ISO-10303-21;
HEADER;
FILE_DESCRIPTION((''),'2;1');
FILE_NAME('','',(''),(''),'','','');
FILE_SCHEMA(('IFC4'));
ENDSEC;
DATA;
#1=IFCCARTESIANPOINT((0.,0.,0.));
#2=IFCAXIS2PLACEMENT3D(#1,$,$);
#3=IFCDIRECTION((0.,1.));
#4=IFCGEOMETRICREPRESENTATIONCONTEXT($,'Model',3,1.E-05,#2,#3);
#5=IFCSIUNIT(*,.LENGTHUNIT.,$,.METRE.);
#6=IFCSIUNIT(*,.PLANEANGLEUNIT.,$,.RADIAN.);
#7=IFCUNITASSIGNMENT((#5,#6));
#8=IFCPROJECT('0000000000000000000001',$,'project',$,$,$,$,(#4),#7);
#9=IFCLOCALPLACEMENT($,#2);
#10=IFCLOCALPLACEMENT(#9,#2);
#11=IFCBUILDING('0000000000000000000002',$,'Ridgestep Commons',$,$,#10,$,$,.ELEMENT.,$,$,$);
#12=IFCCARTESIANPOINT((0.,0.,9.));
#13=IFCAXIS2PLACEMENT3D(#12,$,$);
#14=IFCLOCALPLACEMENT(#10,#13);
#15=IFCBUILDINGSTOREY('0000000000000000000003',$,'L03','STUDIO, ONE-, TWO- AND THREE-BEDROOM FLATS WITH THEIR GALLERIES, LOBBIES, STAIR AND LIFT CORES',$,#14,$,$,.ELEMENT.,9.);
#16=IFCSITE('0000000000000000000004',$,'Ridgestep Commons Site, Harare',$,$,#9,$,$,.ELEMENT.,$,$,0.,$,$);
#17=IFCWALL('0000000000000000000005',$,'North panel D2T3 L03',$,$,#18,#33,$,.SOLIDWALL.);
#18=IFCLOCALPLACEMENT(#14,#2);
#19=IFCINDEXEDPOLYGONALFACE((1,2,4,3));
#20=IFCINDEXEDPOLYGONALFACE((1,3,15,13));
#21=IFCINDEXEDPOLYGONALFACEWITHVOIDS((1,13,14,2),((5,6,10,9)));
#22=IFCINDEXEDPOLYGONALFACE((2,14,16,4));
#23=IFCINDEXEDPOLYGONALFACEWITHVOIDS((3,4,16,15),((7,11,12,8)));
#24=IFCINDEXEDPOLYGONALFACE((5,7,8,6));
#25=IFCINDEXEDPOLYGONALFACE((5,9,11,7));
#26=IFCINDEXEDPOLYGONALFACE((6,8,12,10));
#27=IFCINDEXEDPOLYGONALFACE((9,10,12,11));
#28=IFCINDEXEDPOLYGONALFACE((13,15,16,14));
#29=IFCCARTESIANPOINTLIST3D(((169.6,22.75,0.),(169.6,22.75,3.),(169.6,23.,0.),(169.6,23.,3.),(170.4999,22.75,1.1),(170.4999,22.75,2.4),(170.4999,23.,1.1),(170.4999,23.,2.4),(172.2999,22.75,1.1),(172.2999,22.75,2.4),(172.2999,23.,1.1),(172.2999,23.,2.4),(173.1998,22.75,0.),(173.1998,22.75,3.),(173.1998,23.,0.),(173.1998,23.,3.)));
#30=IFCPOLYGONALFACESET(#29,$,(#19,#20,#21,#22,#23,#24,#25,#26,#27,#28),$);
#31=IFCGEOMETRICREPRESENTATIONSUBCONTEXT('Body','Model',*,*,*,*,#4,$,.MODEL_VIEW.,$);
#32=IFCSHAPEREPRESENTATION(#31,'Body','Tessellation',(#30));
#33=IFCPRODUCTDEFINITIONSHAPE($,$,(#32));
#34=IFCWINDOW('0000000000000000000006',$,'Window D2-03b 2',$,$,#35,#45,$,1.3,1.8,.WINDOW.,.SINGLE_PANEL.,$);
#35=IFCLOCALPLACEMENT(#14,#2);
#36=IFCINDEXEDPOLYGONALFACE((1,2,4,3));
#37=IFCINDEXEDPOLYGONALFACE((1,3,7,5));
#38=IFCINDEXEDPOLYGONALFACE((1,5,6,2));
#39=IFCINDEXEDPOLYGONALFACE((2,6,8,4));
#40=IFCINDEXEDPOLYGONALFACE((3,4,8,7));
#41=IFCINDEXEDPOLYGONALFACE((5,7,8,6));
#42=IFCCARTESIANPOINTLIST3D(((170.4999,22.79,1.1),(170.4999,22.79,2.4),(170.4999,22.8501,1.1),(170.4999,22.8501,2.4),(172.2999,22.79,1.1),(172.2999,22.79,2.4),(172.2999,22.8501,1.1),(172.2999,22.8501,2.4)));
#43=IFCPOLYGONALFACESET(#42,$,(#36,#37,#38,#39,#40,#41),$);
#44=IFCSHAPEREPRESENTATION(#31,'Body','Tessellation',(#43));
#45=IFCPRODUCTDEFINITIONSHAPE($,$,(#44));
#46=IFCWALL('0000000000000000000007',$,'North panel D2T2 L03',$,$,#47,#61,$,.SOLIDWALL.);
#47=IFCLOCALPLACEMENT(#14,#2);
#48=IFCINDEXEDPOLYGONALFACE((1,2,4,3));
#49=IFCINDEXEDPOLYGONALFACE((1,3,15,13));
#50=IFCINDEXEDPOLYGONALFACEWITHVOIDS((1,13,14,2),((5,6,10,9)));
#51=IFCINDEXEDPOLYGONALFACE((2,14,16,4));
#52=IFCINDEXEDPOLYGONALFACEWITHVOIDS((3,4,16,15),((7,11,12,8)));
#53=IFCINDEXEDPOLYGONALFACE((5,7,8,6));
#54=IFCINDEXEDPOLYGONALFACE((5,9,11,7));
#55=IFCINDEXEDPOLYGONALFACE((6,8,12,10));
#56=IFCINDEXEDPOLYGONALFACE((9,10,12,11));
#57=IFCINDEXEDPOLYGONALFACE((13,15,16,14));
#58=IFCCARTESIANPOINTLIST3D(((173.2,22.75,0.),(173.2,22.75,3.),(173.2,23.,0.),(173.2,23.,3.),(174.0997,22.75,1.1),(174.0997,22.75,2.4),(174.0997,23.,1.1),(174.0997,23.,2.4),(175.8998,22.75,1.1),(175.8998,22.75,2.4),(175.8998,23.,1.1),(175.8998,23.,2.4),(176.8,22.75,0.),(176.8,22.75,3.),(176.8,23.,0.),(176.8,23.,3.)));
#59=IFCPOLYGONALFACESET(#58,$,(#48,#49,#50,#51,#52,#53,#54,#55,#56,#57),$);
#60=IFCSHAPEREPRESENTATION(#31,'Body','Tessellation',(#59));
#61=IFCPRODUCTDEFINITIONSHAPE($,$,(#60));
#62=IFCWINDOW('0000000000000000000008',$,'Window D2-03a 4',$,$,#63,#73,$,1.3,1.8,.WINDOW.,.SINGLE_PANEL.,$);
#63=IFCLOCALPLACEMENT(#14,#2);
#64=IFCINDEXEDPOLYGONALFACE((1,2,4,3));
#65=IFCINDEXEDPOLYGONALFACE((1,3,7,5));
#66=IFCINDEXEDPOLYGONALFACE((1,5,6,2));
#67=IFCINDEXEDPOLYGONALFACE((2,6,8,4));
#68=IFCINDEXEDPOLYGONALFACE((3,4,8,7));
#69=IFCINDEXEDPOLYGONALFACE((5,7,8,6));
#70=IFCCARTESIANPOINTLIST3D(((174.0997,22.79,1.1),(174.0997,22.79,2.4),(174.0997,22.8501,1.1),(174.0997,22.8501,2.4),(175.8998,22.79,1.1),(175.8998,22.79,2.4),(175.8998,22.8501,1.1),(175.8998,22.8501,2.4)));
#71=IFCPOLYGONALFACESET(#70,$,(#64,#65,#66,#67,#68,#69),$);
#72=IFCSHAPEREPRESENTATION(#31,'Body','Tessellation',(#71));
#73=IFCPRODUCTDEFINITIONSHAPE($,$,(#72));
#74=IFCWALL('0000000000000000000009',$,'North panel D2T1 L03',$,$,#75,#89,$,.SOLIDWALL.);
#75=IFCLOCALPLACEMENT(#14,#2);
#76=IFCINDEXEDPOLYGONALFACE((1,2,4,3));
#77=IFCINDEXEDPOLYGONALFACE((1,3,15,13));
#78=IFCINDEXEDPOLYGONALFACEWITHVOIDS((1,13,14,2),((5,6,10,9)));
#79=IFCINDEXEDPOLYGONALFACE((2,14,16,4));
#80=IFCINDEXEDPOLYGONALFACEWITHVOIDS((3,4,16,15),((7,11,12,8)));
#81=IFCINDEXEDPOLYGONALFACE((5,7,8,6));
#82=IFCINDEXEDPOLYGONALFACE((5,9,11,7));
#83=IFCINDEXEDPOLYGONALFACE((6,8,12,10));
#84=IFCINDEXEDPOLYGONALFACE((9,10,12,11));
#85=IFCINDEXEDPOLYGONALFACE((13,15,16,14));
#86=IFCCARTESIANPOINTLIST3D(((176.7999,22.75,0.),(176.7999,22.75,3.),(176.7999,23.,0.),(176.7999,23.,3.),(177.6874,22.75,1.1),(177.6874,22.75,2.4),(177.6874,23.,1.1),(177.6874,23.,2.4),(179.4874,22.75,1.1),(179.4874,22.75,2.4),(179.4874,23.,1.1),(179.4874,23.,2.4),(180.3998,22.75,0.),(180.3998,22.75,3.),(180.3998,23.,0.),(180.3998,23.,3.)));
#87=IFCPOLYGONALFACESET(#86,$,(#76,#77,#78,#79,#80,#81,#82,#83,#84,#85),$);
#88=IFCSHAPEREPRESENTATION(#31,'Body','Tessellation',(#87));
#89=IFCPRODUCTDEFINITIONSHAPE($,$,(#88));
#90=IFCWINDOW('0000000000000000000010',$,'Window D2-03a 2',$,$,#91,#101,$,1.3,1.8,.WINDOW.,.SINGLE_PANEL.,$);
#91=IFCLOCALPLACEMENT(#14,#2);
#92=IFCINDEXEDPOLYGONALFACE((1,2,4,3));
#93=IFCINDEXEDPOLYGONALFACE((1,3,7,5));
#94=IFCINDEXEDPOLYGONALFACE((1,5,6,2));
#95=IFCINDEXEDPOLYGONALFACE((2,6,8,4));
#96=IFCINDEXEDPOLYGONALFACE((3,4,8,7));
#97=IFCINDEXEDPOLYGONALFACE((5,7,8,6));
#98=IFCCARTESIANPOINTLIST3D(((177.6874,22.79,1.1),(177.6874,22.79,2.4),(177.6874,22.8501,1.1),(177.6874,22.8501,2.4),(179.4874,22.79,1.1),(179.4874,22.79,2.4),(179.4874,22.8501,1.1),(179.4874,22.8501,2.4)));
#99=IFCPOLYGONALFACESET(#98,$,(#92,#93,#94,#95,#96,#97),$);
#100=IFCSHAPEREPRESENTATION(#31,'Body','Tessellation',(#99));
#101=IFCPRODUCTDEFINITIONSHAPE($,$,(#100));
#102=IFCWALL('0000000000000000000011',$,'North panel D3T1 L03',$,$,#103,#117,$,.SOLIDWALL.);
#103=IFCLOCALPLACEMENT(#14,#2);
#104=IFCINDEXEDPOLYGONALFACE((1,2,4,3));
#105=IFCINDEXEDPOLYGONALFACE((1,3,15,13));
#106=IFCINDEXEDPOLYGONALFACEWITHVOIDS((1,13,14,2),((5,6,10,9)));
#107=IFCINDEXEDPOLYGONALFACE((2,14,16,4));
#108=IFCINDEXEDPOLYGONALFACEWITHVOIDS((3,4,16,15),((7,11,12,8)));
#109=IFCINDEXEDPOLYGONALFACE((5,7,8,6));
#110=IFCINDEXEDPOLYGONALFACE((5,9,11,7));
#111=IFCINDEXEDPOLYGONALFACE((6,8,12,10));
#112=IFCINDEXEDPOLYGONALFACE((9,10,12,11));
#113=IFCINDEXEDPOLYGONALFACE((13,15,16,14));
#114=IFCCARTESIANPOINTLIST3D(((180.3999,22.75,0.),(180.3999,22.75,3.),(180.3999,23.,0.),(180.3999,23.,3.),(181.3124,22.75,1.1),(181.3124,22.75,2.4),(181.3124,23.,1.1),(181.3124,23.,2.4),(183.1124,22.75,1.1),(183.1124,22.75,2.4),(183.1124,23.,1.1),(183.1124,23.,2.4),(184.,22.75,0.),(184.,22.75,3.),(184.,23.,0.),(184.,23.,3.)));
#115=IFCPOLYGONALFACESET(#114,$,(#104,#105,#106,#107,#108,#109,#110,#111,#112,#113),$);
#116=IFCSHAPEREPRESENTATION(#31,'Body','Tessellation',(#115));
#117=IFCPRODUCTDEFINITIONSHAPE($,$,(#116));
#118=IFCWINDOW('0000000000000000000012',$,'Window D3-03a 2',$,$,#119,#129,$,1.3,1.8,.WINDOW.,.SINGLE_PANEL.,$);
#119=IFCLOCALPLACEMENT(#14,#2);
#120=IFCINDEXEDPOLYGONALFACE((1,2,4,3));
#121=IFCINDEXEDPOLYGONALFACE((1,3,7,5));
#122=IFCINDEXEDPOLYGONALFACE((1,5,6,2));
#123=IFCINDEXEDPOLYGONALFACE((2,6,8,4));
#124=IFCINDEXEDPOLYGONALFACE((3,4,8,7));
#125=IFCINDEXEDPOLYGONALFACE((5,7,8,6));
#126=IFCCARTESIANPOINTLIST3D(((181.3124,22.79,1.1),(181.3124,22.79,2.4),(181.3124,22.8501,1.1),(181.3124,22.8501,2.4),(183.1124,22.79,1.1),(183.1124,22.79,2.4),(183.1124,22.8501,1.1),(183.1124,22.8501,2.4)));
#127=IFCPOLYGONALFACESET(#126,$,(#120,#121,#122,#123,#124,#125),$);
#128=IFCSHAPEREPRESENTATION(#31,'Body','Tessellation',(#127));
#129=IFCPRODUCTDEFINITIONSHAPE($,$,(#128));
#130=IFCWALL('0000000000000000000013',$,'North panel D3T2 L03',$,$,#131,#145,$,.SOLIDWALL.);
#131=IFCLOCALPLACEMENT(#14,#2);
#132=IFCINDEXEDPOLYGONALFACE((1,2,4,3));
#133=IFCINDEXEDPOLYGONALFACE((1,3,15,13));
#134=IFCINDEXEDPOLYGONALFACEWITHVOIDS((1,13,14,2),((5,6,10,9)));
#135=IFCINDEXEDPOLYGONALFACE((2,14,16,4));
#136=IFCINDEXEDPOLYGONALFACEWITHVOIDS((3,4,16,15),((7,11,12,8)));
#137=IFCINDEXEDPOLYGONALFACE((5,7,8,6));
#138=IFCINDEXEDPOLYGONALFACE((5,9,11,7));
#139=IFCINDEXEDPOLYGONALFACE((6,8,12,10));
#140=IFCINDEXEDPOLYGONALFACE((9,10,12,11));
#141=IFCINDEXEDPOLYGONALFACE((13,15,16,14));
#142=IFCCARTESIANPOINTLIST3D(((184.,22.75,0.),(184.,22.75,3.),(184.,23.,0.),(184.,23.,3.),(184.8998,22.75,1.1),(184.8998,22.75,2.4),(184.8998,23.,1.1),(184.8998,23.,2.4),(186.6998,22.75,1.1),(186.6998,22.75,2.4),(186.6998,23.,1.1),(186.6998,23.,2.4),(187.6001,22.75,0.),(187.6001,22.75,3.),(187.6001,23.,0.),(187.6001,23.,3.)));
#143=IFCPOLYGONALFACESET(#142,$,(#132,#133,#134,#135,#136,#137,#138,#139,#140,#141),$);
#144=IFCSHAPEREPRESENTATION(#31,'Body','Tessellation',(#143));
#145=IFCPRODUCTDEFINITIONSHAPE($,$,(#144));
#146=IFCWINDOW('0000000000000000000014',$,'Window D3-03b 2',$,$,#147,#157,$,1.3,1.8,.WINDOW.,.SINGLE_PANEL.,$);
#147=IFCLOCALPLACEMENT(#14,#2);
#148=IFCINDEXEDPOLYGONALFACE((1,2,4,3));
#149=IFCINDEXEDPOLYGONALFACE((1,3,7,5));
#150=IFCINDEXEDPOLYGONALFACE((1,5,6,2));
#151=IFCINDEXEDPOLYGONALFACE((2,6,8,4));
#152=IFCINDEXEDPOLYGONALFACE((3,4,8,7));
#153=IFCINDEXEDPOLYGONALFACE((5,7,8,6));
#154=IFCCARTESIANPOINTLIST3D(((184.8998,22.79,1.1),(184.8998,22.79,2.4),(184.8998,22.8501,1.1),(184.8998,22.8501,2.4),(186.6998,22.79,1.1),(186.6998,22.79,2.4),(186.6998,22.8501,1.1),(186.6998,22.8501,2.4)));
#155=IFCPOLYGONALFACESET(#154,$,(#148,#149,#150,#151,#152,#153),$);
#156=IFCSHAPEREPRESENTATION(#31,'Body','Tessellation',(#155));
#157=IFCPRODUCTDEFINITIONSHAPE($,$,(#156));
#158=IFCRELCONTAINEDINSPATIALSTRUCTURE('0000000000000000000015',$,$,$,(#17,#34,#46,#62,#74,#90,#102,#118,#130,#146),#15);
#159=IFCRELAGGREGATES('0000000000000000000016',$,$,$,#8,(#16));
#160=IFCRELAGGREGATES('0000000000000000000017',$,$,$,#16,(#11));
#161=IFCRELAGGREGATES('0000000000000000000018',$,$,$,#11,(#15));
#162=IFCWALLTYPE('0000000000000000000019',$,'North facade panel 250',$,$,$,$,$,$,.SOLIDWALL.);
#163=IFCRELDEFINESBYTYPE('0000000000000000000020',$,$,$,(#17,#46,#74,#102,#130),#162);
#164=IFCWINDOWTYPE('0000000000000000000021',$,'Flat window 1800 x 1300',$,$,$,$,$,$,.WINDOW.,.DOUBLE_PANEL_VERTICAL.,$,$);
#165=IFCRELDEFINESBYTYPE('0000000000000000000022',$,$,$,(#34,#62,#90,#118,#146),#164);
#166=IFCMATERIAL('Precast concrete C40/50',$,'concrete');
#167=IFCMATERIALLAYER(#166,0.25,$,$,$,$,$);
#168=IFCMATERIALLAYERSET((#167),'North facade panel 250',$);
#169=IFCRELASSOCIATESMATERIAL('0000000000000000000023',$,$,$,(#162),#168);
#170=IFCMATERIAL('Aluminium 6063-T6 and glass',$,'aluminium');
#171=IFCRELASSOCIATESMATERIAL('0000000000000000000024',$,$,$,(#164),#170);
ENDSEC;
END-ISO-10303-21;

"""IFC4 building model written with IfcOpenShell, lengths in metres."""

from ifc_helpers import new_model, si_unit, direction, frame, frame_2d, origin, place, context, subcontext, project, spatial, rectangle, extrude, material, layer, layer_set, type_object, element, fill, save


model = new_model("IFC4")

# Units and contexts
model_context = context("Model", 3, precision=1e-05, world=origin(), true_north=direction((0.0, 1.0)))
body_context = subcontext(model_context, "Body", "Model", "MODEL_VIEW")
ifc_project = project(units=[si_unit("LENGTHUNIT", "METRE"), si_unit("PLANEANGLEUNIT", "RADIAN")], contexts=[model_context])

# Site, building, storey
site_placement = place(None, origin())
site = spatial("IfcSite", under=ifc_project, at=site_placement, Name="Ridgestep Commons Site, Harare", CompositionType="ELEMENT", RefElevation=0.0)
building_placement = place(site_placement, origin())
building = spatial("IfcBuilding", under=site, at=building_placement, Name="Ridgestep Commons", CompositionType="ELEMENT")
storey_placement = place(building_placement, frame((0.0, 0.0, 9.0)))
storey = spatial("IfcBuildingStorey", under=building, at=storey_placement, Name="L03", Description="STUDIO, ONE-, TWO- AND THREE-BEDROOM FLATS WITH THEIR GALLERIES, LOBBIES, STAIR AND LIFT CORES", CompositionType="ELEMENT", Elevation=9.0)

# Shared definitions
ifc_material_1 = material(Name="Precast concrete C40/50", Category="concrete")
ifc_layer_1 = layer(ifc_material_1, 0.25)
ifc_layer_set_1 = layer_set([ifc_layer_1], Name="North facade panel 250")
wall_type_1 = type_object("IfcWallType", Name="North facade panel 250", PredefinedType="SOLIDWALL", material=ifc_layer_set_1)

# Walls, openings, windows
wall_1_placement = place(storey_placement, frame((169.6001, 22.875, 0.0), z_axis=(0.0, 0.0, 1.0), x_axis=(1.0, 0.0, 0.0)))
wall_1 = element("IfcWall", 1, at=wall_1_placement, inside=storey, type_object=wall_type_1, Name="North panel D2T3 L03", PredefinedType="SOLIDWALL", context=body_context, shape_type="SweptSolid", body=[
    extrude(rectangle(XDim=3.5999, YDim=0.25, at=frame_2d((1.7998, 0.0))), origin(), (0.0, 0.0, 1.0), 3.0),
])
opening_1_placement = place(wall_1_placement, frame((0.8999, 0.0, 1.1001)))
opening_1 = element("IfcOpeningElement", 2, at=opening_1_placement, cuts=wall_1, PredefinedType="OPENING", context=body_context, shape_type="SweptSolid", body=[
    extrude(rectangle(XDim=1.8, YDim=1.3, at=frame_2d((0.8999, 0.6499))), frame((0.0, 0.135, 0.0), z_axis=(0.0, -1.0, 0.0), x_axis=(1.0, 0.0, 0.0)), (0.0, 0.0, 1.0), 0.27),
])
ifc_material_2 = material(Name="Aluminium 6063-T6 and glass", Category="aluminium")
window_type = type_object("IfcWindowType", Name="Flat window 1800 x 1300", PartitioningType="DOUBLE_PANEL_VERTICAL", PredefinedType="WINDOW", material=ifc_material_2)
window_1_placement = place(opening_1_placement, origin())
window_1 = element("IfcWindow", 3, at=window_1_placement, inside=storey, type_object=window_type, Name="Window D2-03b 2", OverallHeight=1.3, OverallWidth=1.8, PartitioningType="SINGLE_PANEL", PredefinedType="WINDOW", context=body_context, shape_type="SweptSolid", body=[
    extrude(rectangle(XDim=1.8, YDim=1.3, at=frame_2d((0.8999, 0.6499))), frame((0.0, -0.0249, 0.0), z_axis=(0.0, -1.0, 0.0), x_axis=(1.0, 0.0, 0.0)), (0.0, 0.0, 1.0), 0.0601),
])
fill(opening_1, window_1)
wall_2_placement = place(storey_placement, frame((173.2, 22.875, 0.0), z_axis=(0.0, 0.0, 1.0), x_axis=(1.0, 0.0, 0.0)))
wall_2 = element("IfcWall", 4, at=wall_2_placement, inside=storey, type_object=wall_type_1, Name="North panel D2T2 L03", PredefinedType="SOLIDWALL", context=body_context, shape_type="SweptSolid", body=[
    extrude(rectangle(XDim=3.6001, YDim=0.25, at=frame_2d((1.8, 0.0))), origin(), (0.0, 0.0, 1.0), 3.0),
])
opening_2_placement = place(wall_2_placement, frame((0.8999, 0.0, 1.1001)))
opening_2 = element("IfcOpeningElement", 5, at=opening_2_placement, cuts=wall_2, PredefinedType="OPENING", context=body_context, shape_type="SweptSolid", body=[
    extrude(rectangle(XDim=1.8, YDim=1.3, at=frame_2d((0.8999, 0.6499))), frame((0.0, 0.135, 0.0), z_axis=(0.0, -1.0, 0.0), x_axis=(1.0, 0.0, 0.0)), (0.0, 0.0, 1.0), 0.27),
])
window_2_placement = place(opening_2_placement, origin())
window_2 = element("IfcWindow", 6, at=window_2_placement, inside=storey, type_object=window_type, Name="Window D2-03a 4", OverallHeight=1.3, OverallWidth=1.8, PartitioningType="SINGLE_PANEL", PredefinedType="WINDOW", context=body_context, shape_type="SweptSolid", body=[
    extrude(rectangle(XDim=1.8, YDim=1.3, at=frame_2d((0.8999, 0.6499))), frame((0.0, -0.0249, 0.0), z_axis=(0.0, -1.0, 0.0), x_axis=(1.0, 0.0, 0.0)), (0.0, 0.0, 1.0), 0.0601),
])
fill(opening_2, window_2)
wall_3_placement = place(storey_placement, frame((176.8, 22.875, 0.0), z_axis=(0.0, 0.0, 1.0), x_axis=(1.0, 0.0, 0.0)))
wall_3 = element("IfcWall", 7, at=wall_3_placement, inside=storey, type_object=wall_type_1, Name="North panel D2T1 L03", PredefinedType="SOLIDWALL", context=body_context, shape_type="SweptSolid", body=[
    extrude(rectangle(XDim=3.5999, YDim=0.25, at=frame_2d((1.7998, 0.0))), origin(), (0.0, 0.0, 1.0), 3.0),
])
opening_3_placement = place(wall_3_placement, frame((0.8875, 0.0, 1.1001)))
opening_3 = element("IfcOpeningElement", 8, at=opening_3_placement, cuts=wall_3, PredefinedType="OPENING", context=body_context, shape_type="SweptSolid", body=[
    extrude(rectangle(XDim=1.8, YDim=1.3, at=frame_2d((0.8999, 0.6499))), frame((0.0, 0.135, 0.0), z_axis=(0.0, -1.0, 0.0), x_axis=(1.0, 0.0, 0.0)), (0.0, 0.0, 1.0), 0.27),
])
window_3_placement = place(opening_3_placement, origin())
window_3 = element("IfcWindow", 9, at=window_3_placement, inside=storey, type_object=window_type, Name="Window D2-03a 2", OverallHeight=1.3, OverallWidth=1.8, PartitioningType="SINGLE_PANEL", PredefinedType="WINDOW", context=body_context, shape_type="SweptSolid", body=[
    extrude(rectangle(XDim=1.8, YDim=1.3, at=frame_2d((0.8999, 0.6499))), frame((0.0, -0.0249, 0.0), z_axis=(0.0, -1.0, 0.0), x_axis=(1.0, 0.0, 0.0)), (0.0, 0.0, 1.0), 0.0601),
])
fill(opening_3, window_3)
wall_4_placement = place(storey_placement, frame((180.3999, 22.875, 0.0), z_axis=(0.0, 0.0, 1.0), x_axis=(1.0, 0.0, 0.0)))
wall_4 = element("IfcWall", 10, at=wall_4_placement, inside=storey, type_object=wall_type_1, Name="North panel D3T1 L03", PredefinedType="SOLIDWALL", context=body_context, shape_type="SweptSolid", body=[
    extrude(rectangle(XDim=3.6001, YDim=0.25, at=frame_2d((1.8, 0.0))), origin(), (0.0, 0.0, 1.0), 3.0),
])
opening_4_placement = place(wall_4_placement, frame((0.9126, 0.0, 1.1001)))
opening_4 = element("IfcOpeningElement", 11, at=opening_4_placement, cuts=wall_4, PredefinedType="OPENING", context=body_context, shape_type="SweptSolid", body=[
    extrude(rectangle(XDim=1.8, YDim=1.3, at=frame_2d((0.8999, 0.6499))), frame((0.0, 0.135, 0.0), z_axis=(0.0, -1.0, 0.0), x_axis=(1.0, 0.0, 0.0)), (0.0, 0.0, 1.0), 0.27),
])
window_4_placement = place(opening_4_placement, origin())
window_4 = element("IfcWindow", 12, at=window_4_placement, inside=storey, type_object=window_type, Name="Window D3-03a 2", OverallHeight=1.3, OverallWidth=1.8, PartitioningType="SINGLE_PANEL", PredefinedType="WINDOW", context=body_context, shape_type="SweptSolid", body=[
    extrude(rectangle(XDim=1.8, YDim=1.3, at=frame_2d((0.8999, 0.6499))), frame((0.0, -0.0249, 0.0), z_axis=(0.0, -1.0, 0.0), x_axis=(1.0, 0.0, 0.0)), (0.0, 0.0, 1.0), 0.0601),
])
fill(opening_4, window_4)
wall_5_placement = place(storey_placement, frame((184.0, 22.875, 0.0), z_axis=(0.0, 0.0, 1.0), x_axis=(1.0, 0.0, 0.0)))
wall_5 = element("IfcWall", 13, at=wall_5_placement, inside=storey, type_object=wall_type_1, Name="North panel D3T2 L03", PredefinedType="SOLIDWALL", context=body_context, shape_type="SweptSolid", body=[
    extrude(rectangle(XDim=3.6001, YDim=0.25, at=frame_2d((1.8, 0.0))), origin(), (0.0, 0.0, 1.0), 3.0),
])
opening_5_placement = place(wall_5_placement, frame((0.8999, 0.0, 1.1001)))
opening_5 = element("IfcOpeningElement", 14, at=opening_5_placement, cuts=wall_5, PredefinedType="OPENING", context=body_context, shape_type="SweptSolid", body=[
    extrude(rectangle(XDim=1.8, YDim=1.3, at=frame_2d((0.8999, 0.6499))), frame((0.0, 0.135, 0.0), z_axis=(0.0, -1.0, 0.0), x_axis=(1.0, 0.0, 0.0)), (0.0, 0.0, 1.0), 0.27),
])
window_5_placement = place(opening_5_placement, origin())
window_5 = element("IfcWindow", 15, at=window_5_placement, inside=storey, type_object=window_type, Name="Window D3-03b 2", OverallHeight=1.3, OverallWidth=1.8, PartitioningType="SINGLE_PANEL", PredefinedType="WINDOW", context=body_context, shape_type="SweptSolid", body=[
    extrude(rectangle(XDim=1.8, YDim=1.3, at=frame_2d((0.8999, 0.6499))), frame((0.0, -0.0249, 0.0), z_axis=(0.0, -1.0, 0.0), x_axis=(1.0, 0.0, 0.0)), (0.0, 0.0, 1.0), 0.0601),
])
fill(opening_5, window_5)

save(model, "model.ifc")
